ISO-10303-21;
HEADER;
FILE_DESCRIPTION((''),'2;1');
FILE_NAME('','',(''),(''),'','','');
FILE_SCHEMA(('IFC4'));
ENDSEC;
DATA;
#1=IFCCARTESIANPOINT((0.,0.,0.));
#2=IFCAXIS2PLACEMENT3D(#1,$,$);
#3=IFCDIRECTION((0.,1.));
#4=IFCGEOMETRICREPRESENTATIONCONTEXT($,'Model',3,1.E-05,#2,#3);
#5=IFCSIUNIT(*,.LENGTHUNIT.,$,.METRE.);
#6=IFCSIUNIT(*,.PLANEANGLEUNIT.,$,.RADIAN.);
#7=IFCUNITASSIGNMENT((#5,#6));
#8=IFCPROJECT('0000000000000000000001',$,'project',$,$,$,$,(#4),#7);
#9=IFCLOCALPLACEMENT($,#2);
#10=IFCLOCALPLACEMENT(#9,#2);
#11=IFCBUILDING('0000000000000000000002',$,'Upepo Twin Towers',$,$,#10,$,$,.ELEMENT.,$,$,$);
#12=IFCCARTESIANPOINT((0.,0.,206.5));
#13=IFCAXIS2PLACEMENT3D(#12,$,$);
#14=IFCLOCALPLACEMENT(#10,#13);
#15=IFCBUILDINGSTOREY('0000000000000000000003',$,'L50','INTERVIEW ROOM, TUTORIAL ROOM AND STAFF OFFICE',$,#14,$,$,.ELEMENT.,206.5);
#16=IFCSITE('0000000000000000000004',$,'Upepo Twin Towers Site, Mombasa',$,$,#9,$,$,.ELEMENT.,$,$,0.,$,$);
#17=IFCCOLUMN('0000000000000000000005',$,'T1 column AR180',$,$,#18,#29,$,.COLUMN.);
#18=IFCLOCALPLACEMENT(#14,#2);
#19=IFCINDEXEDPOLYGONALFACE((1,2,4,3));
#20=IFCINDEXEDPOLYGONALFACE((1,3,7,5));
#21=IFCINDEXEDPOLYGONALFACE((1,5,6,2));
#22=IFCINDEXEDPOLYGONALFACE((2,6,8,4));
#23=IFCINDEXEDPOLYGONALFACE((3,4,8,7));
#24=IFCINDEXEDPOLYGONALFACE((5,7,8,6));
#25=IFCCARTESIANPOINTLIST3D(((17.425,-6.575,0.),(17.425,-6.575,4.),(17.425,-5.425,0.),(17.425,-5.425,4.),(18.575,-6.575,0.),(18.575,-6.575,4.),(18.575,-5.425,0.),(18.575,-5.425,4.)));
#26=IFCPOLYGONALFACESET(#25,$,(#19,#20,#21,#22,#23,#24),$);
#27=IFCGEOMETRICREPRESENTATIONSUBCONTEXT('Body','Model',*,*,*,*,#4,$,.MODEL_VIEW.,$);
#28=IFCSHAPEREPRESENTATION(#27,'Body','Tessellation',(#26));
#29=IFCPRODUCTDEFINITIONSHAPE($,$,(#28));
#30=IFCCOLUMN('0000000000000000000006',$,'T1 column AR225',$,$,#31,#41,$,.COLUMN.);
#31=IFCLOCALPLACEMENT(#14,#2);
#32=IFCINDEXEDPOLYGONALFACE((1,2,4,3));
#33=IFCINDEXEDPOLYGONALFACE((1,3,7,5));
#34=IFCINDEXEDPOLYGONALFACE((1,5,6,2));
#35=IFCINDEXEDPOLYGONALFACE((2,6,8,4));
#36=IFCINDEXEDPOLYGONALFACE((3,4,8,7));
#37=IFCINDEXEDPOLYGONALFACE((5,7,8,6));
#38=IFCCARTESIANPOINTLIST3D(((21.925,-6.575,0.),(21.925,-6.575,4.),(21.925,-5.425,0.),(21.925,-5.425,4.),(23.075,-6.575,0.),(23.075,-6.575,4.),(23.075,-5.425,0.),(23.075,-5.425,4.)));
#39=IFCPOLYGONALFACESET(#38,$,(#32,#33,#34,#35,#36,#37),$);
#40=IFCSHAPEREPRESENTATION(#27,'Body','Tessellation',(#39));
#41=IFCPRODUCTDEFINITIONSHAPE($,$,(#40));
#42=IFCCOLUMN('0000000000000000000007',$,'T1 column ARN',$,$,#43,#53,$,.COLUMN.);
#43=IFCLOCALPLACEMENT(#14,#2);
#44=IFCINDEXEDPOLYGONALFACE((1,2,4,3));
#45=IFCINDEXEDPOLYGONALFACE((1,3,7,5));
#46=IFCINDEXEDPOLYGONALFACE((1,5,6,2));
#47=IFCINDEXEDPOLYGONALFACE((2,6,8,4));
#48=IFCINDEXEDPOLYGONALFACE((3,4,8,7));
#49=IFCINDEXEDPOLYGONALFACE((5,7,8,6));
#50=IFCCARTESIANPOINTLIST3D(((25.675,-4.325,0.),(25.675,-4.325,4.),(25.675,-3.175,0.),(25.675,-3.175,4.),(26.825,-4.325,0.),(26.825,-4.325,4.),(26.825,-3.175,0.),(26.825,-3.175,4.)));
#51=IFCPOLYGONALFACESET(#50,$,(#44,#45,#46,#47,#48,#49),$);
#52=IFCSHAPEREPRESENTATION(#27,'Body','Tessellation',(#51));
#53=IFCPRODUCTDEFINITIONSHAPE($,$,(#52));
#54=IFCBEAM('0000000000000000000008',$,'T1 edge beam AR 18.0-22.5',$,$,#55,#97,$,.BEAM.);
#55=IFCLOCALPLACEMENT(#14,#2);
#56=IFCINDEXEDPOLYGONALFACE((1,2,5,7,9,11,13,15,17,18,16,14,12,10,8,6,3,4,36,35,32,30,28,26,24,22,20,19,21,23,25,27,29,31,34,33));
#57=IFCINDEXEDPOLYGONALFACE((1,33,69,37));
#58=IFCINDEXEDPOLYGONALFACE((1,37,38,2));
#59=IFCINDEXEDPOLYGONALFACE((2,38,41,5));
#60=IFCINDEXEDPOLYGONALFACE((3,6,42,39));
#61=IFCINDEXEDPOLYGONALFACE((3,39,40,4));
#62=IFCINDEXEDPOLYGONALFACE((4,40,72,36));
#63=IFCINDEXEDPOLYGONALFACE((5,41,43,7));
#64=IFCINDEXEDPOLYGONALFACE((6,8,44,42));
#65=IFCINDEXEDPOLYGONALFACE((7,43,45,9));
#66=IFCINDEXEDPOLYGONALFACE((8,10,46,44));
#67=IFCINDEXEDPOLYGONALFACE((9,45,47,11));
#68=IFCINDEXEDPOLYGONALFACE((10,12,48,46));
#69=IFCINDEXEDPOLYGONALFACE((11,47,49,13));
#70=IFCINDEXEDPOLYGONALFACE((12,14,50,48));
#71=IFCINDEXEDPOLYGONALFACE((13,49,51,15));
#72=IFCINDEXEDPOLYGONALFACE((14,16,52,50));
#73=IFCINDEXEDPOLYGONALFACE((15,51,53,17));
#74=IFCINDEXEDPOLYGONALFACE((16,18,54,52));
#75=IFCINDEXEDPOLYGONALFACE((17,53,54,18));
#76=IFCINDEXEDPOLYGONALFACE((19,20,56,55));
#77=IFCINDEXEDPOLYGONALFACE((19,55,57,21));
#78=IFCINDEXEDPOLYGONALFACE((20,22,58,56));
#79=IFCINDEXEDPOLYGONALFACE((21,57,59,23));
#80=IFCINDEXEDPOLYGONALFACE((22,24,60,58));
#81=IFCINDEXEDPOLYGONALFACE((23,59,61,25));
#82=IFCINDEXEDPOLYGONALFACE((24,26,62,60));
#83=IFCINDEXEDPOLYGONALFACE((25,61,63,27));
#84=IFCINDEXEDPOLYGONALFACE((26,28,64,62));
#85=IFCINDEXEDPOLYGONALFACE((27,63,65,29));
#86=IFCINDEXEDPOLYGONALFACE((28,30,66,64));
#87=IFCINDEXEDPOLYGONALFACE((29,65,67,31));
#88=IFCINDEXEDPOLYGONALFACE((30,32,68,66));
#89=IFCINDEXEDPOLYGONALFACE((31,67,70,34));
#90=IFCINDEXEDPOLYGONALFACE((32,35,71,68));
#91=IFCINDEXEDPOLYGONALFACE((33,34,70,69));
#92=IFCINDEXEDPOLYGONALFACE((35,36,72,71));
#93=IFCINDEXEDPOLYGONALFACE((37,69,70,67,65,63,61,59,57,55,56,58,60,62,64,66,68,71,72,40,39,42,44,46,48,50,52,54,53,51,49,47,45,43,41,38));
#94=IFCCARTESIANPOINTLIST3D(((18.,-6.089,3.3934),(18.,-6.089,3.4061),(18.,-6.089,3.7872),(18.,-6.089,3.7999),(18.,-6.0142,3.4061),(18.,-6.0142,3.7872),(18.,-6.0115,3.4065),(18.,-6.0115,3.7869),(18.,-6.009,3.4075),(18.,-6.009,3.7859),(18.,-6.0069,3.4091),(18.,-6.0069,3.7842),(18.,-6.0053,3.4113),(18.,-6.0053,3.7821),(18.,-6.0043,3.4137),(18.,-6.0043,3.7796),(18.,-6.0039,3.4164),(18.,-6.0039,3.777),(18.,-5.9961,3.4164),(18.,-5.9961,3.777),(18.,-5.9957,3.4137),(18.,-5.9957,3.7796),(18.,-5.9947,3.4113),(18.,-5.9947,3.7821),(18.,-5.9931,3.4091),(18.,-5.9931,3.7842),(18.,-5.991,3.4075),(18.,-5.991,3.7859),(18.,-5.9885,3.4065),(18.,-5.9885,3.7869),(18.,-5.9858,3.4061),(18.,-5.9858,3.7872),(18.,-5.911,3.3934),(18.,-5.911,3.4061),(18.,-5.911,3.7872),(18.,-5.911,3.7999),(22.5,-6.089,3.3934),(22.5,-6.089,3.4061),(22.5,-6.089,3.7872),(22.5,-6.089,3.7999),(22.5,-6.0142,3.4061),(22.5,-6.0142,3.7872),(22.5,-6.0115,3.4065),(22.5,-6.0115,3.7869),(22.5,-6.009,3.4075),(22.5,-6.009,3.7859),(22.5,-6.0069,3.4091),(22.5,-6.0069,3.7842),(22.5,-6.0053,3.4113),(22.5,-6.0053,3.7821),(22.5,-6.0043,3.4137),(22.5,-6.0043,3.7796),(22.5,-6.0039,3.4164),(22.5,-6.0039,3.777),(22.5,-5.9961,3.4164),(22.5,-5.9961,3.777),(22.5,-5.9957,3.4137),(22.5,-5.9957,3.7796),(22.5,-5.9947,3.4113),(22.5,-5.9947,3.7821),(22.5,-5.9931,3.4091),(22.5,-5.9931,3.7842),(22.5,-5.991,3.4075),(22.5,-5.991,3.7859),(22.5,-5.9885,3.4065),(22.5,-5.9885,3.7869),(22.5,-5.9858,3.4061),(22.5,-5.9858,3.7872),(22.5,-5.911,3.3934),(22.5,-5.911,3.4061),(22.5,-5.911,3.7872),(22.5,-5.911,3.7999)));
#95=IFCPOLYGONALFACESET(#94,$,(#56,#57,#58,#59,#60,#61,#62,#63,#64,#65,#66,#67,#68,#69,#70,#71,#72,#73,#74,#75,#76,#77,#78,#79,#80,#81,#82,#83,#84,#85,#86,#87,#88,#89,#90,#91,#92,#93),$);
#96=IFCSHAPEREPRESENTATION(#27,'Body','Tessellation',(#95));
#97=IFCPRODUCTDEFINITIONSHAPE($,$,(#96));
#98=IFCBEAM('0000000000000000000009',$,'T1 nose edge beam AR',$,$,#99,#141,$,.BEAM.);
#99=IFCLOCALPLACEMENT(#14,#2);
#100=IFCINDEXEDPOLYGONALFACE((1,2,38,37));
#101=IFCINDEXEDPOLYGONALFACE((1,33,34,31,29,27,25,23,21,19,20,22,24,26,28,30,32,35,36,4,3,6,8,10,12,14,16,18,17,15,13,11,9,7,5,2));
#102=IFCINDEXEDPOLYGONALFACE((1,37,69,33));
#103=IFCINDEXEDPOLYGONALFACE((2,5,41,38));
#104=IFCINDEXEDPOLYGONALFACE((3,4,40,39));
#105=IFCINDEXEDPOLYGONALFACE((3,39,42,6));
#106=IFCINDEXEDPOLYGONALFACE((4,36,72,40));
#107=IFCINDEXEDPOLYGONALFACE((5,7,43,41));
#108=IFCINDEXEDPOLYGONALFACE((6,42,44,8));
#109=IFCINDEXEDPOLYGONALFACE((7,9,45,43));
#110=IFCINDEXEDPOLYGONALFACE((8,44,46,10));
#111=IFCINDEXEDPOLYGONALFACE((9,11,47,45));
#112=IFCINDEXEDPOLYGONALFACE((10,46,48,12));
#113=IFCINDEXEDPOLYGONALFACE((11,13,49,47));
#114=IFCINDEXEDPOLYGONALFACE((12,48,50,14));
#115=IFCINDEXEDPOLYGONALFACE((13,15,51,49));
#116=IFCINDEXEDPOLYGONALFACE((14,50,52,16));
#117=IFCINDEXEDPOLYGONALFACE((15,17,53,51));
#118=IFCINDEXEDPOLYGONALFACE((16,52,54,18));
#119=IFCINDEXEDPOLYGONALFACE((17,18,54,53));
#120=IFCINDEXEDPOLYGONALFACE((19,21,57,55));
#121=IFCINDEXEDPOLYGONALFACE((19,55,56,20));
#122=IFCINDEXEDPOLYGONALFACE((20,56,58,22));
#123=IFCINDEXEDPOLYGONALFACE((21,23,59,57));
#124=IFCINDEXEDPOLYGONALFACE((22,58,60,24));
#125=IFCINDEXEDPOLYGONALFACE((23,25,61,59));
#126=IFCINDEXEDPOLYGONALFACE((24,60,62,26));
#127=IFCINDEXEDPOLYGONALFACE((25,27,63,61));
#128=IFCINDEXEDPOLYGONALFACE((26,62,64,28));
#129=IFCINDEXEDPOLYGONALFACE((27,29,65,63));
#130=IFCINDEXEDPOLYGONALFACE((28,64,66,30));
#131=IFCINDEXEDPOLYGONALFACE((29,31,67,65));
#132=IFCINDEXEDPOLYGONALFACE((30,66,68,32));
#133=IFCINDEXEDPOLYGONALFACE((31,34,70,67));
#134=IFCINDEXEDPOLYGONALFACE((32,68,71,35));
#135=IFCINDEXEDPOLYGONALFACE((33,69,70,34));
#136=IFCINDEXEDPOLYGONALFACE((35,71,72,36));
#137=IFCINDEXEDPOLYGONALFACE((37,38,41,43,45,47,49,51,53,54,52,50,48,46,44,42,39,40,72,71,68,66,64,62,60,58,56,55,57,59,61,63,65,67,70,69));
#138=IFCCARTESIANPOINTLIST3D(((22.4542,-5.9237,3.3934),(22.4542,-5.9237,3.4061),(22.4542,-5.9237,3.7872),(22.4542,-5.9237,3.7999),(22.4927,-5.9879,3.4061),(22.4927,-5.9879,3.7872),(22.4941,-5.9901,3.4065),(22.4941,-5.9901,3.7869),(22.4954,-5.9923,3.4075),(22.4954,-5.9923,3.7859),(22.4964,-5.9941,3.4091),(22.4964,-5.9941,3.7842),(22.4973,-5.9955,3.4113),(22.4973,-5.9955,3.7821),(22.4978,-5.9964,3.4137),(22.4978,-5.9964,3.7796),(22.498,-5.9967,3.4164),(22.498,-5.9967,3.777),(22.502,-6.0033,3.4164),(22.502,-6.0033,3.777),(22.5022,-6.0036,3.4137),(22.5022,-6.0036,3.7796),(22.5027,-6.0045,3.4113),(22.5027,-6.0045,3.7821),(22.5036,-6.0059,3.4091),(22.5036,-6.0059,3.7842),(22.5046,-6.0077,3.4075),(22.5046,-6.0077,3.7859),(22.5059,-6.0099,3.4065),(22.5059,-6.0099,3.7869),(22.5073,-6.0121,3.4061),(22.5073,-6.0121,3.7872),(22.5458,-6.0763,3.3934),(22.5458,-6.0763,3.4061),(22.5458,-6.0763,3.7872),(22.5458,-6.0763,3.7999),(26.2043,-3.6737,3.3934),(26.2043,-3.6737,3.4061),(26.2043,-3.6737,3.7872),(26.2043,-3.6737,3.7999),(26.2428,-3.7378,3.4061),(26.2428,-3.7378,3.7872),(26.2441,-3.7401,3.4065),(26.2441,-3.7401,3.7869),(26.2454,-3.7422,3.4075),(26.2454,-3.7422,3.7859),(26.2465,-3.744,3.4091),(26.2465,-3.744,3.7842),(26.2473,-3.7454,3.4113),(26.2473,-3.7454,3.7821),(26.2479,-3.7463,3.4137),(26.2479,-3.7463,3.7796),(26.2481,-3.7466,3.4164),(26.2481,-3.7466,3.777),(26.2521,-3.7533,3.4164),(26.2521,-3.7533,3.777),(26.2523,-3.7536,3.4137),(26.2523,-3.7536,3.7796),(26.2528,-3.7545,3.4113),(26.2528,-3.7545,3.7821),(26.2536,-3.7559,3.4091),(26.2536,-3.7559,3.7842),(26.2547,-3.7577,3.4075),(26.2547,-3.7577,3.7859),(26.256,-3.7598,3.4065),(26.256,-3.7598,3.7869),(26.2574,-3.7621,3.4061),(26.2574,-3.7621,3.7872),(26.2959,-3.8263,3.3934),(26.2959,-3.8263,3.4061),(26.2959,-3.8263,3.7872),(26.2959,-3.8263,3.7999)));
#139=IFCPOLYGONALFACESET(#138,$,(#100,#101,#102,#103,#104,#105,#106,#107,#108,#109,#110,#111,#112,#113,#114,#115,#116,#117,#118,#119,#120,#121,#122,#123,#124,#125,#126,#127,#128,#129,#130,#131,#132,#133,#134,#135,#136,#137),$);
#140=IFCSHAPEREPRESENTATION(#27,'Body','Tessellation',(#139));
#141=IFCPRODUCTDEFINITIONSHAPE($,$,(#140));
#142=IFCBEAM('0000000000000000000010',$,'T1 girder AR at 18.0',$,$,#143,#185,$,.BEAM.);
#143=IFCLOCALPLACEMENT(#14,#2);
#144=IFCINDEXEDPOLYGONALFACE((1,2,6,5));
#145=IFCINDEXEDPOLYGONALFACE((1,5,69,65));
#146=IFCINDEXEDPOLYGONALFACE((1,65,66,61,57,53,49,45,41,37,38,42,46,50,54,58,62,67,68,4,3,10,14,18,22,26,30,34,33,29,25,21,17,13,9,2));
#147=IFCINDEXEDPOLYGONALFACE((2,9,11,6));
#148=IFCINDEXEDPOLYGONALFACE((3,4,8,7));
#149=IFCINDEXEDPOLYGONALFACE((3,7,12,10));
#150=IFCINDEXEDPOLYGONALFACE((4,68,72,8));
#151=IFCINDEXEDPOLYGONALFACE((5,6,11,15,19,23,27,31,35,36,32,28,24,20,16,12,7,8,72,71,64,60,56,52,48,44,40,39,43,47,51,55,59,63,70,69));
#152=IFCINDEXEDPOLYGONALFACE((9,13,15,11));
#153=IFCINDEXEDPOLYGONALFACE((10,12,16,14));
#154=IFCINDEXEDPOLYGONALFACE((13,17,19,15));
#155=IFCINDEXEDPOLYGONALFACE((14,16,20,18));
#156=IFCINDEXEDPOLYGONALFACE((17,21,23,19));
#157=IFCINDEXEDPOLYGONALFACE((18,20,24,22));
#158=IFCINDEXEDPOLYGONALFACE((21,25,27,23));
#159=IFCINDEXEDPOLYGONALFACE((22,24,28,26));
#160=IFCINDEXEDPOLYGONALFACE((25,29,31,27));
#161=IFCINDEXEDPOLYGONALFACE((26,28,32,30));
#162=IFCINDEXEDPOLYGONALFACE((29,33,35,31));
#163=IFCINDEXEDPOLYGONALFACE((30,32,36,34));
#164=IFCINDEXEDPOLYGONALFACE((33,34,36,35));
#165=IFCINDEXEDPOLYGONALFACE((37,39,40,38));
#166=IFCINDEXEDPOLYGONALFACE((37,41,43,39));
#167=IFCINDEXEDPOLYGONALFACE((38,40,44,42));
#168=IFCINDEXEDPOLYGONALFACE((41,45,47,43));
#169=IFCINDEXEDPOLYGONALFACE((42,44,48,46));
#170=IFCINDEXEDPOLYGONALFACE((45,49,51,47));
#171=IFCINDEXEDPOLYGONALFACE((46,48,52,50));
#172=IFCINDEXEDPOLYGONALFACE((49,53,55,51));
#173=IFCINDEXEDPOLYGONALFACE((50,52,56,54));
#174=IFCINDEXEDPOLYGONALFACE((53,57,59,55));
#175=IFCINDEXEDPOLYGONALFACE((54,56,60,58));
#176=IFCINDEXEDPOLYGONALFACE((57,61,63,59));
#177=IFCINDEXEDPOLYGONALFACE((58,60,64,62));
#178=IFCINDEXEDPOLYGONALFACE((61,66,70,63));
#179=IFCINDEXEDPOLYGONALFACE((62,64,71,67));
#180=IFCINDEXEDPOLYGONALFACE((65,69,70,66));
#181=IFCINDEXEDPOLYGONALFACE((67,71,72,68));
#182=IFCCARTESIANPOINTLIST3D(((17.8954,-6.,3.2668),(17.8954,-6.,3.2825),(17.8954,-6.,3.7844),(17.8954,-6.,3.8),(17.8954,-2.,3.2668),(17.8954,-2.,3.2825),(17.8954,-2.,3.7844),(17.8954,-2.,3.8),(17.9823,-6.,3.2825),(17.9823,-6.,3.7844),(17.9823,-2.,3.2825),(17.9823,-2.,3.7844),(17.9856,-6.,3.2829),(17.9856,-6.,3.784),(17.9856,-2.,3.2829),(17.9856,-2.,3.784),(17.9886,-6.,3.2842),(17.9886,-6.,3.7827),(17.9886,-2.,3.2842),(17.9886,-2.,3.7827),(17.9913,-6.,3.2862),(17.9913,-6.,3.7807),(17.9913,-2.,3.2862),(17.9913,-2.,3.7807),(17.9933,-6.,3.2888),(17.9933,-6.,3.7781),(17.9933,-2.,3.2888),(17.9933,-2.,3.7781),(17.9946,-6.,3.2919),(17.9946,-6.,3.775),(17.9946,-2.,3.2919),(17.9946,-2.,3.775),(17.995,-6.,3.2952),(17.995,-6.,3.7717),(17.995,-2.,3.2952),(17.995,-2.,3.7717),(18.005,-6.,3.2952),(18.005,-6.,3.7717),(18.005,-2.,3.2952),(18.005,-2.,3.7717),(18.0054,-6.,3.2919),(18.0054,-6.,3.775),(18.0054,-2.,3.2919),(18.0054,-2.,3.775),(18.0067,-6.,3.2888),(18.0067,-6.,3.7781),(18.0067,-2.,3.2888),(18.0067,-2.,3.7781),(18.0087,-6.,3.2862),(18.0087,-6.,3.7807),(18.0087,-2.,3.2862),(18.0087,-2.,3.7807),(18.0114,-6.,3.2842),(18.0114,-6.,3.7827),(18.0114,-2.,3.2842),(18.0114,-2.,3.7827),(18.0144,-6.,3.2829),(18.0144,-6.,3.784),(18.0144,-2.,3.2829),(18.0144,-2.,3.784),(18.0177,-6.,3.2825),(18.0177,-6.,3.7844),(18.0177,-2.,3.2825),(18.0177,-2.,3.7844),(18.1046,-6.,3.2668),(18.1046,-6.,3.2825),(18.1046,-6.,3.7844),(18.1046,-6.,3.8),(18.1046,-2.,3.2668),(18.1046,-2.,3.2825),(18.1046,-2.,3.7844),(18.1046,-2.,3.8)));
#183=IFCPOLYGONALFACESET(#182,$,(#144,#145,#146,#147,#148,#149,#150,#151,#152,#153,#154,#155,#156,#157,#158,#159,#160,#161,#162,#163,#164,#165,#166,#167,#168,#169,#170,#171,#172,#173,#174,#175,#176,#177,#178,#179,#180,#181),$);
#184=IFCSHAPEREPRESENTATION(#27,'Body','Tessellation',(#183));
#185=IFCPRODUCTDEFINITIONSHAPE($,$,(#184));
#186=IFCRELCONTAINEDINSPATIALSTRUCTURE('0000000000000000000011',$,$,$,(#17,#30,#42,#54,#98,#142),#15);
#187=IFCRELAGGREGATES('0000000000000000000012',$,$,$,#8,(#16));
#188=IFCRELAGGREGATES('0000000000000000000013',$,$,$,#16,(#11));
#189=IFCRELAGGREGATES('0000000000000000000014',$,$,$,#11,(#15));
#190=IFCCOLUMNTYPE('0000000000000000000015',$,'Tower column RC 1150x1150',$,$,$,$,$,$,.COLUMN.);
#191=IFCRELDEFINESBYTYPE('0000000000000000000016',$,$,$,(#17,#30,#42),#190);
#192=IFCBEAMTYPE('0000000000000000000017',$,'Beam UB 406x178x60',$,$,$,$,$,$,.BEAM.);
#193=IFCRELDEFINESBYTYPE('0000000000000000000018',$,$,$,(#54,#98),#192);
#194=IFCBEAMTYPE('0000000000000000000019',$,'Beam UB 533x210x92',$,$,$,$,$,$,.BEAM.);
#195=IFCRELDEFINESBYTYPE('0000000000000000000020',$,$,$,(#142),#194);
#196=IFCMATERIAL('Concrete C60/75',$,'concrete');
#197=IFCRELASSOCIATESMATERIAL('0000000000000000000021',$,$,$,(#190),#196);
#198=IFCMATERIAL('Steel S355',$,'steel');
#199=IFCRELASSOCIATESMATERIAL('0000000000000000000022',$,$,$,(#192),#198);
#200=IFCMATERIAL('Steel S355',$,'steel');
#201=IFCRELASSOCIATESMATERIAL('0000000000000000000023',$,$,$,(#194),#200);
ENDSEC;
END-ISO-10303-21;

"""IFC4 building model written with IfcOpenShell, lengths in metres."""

from ifc_helpers import new_model, si_unit, direction, frame, origin, origin_2d, place, context, subcontext, project, spatial, rectangle, i_section, extrude, material, material_profile, profile_set, type_object, element, save


model = new_model("IFC4")

# Units and contexts
model_context = context("Model", 3, precision=1e-05, world=origin(), true_north=direction((0.0, 1.0)))
body_context = subcontext(model_context, "Body", "Model", "MODEL_VIEW")
ifc_project = project(units=[si_unit("LENGTHUNIT", "METRE"), si_unit("PLANEANGLEUNIT", "RADIAN")], contexts=[model_context])

# Site, building, storey
site_placement = place(None, origin())
site = spatial("IfcSite", under=ifc_project, at=site_placement, Name="Upepo Twin Towers Site, Mombasa", CompositionType="ELEMENT", RefElevation=0.0)
building_placement = place(site_placement, origin())
building = spatial("IfcBuilding", under=site, at=building_placement, Name="Upepo Twin Towers", CompositionType="ELEMENT")
storey_placement = place(building_placement, frame((0.0, 0.0, 206.5)))
storey = spatial("IfcBuildingStorey", under=building, at=storey_placement, Name="L50", Description="INTERVIEW ROOM, TUTORIAL ROOM AND STAFF OFFICE", CompositionType="ELEMENT", Elevation=206.5)

# Columns
ifc_material_1 = material(Name="Concrete C60/75", Category="concrete")
ifc_material_profile_1 = material_profile(ifc_material_1, rectangle(XDim=1.1499, YDim=1.1499, at=origin_2d()), Name="RC 1150x1150")
ifc_profile_set_1 = profile_set([ifc_material_profile_1], Name="Concrete C60/75")
column_type = type_object("IfcColumnType", Name="Tower column RC 1150x1150", PredefinedType="COLUMN", material=ifc_profile_set_1)
for number, where, z_axis, x_axis, name in (
    (1, (18.0, -6.0, 0.0), (0.0, 0.0, 1.0), (1.0, 0.0, 0.0), "T1 column AR180"),
    (2, (22.5, -6.0, 0.0), (0.0, 0.0, 1.0), (1.0, 0.0, 0.0), "T1 column AR225"),
    (3, (26.25, -3.75, 0.0), (0.0, 0.0, 1.0), (1.0, 0.0, 0.0), "T1 column ARN"),
):
    element("IfcColumn", number, at=place(storey_placement, frame(where, z_axis=z_axis, x_axis=x_axis)), inside=storey, type_object=column_type, Name=name, PredefinedType="COLUMN", context=body_context, shape_type="SweptSolid", body=[
        extrude(rectangle(XDim=1.1499, YDim=1.1499, at=origin_2d()), origin(), (0.0, 0.0, 1.0), 4.0),
    ])

# Beams
ifc_material_2 = material(Name="Steel S355", Category="steel")
ifc_material_profile_2 = material_profile(ifc_material_2, i_section(OverallWidth=0.178, OverallDepth=0.4065, WebThickness=0.0078, FlangeThickness=0.0127, FilletRadius=0.0103, at=origin_2d()), Name="UB 406x178x60")
ifc_profile_set_2 = profile_set([ifc_material_profile_2], Name="Steel S355")
beam_type_1 = type_object("IfcBeamType", Name="Beam UB 406x178x60", PredefinedType="BEAM", material=ifc_profile_set_2)
beam_1_placement = place(storey_placement, frame((18.0, -6.0, 3.5967), z_axis=(1.0, 0.0, 0.0), x_axis=(0.0, 1.0, 0.0)))
element("IfcBeam", 4, at=beam_1_placement, inside=storey, type_object=beam_type_1, Name="T1 edge beam AR 18.0-22.5", PredefinedType="BEAM", context=body_context, shape_type="SweptSolid", body=[
    extrude(i_section(OverallWidth=0.178, OverallDepth=0.4065, WebThickness=0.0078, FlangeThickness=0.0127, FilletRadius=0.0103, at=origin_2d()), origin(), (0.0, 0.0, 1.0), 4.5),
])
beam_2_placement = place(storey_placement, frame((22.5, -6.0, 3.5967), z_axis=(0.857493, 0.514496, 0.0), x_axis=(-0.514496, 0.857493, 0.0)))
element("IfcBeam", 5, at=beam_2_placement, inside=storey, type_object=beam_type_1, Name="T1 nose edge beam AR", PredefinedType="BEAM", context=body_context, shape_type="SweptSolid", body=[
    extrude(i_section(OverallWidth=0.178, OverallDepth=0.4065, WebThickness=0.0078, FlangeThickness=0.0127, FilletRadius=0.0103, at=origin_2d()), origin(), (0.0, 0.0, 1.0), 4.3733),
])
ifc_material_3 = material(Name="Steel S355", Category="steel")
ifc_material_profile_3 = material_profile(ifc_material_3, i_section(OverallWidth=0.2092, OverallDepth=0.5332, WebThickness=0.01, FlangeThickness=0.0156, FilletRadius=0.0127, at=origin_2d()), Name="UB 533x210x92")
ifc_profile_set_3 = profile_set([ifc_material_profile_3], Name="Steel S355")
beam_type_2 = type_object("IfcBeamType", Name="Beam UB 533x210x92", PredefinedType="BEAM", material=ifc_profile_set_3)
for number, where, z_axis, x_axis, name in (
    (6, (18.0, -6.0, 3.5334), (0.0, 1.0, 0.0), (-1.0, 0.0, 0.0), "T1 girder AR at 18.0"),
):
    element("IfcBeam", number, at=place(storey_placement, frame(where, z_axis=z_axis, x_axis=x_axis)), inside=storey, type_object=beam_type_2, Name=name, PredefinedType="BEAM", context=body_context, shape_type="SweptSolid", body=[
        extrude(i_section(OverallWidth=0.2092, OverallDepth=0.5332, WebThickness=0.01, FlangeThickness=0.0156, FilletRadius=0.0127, at=origin_2d()), origin(), (0.0, 0.0, 1.0), 4.0),
    ])

save(model, "model.ifc")
